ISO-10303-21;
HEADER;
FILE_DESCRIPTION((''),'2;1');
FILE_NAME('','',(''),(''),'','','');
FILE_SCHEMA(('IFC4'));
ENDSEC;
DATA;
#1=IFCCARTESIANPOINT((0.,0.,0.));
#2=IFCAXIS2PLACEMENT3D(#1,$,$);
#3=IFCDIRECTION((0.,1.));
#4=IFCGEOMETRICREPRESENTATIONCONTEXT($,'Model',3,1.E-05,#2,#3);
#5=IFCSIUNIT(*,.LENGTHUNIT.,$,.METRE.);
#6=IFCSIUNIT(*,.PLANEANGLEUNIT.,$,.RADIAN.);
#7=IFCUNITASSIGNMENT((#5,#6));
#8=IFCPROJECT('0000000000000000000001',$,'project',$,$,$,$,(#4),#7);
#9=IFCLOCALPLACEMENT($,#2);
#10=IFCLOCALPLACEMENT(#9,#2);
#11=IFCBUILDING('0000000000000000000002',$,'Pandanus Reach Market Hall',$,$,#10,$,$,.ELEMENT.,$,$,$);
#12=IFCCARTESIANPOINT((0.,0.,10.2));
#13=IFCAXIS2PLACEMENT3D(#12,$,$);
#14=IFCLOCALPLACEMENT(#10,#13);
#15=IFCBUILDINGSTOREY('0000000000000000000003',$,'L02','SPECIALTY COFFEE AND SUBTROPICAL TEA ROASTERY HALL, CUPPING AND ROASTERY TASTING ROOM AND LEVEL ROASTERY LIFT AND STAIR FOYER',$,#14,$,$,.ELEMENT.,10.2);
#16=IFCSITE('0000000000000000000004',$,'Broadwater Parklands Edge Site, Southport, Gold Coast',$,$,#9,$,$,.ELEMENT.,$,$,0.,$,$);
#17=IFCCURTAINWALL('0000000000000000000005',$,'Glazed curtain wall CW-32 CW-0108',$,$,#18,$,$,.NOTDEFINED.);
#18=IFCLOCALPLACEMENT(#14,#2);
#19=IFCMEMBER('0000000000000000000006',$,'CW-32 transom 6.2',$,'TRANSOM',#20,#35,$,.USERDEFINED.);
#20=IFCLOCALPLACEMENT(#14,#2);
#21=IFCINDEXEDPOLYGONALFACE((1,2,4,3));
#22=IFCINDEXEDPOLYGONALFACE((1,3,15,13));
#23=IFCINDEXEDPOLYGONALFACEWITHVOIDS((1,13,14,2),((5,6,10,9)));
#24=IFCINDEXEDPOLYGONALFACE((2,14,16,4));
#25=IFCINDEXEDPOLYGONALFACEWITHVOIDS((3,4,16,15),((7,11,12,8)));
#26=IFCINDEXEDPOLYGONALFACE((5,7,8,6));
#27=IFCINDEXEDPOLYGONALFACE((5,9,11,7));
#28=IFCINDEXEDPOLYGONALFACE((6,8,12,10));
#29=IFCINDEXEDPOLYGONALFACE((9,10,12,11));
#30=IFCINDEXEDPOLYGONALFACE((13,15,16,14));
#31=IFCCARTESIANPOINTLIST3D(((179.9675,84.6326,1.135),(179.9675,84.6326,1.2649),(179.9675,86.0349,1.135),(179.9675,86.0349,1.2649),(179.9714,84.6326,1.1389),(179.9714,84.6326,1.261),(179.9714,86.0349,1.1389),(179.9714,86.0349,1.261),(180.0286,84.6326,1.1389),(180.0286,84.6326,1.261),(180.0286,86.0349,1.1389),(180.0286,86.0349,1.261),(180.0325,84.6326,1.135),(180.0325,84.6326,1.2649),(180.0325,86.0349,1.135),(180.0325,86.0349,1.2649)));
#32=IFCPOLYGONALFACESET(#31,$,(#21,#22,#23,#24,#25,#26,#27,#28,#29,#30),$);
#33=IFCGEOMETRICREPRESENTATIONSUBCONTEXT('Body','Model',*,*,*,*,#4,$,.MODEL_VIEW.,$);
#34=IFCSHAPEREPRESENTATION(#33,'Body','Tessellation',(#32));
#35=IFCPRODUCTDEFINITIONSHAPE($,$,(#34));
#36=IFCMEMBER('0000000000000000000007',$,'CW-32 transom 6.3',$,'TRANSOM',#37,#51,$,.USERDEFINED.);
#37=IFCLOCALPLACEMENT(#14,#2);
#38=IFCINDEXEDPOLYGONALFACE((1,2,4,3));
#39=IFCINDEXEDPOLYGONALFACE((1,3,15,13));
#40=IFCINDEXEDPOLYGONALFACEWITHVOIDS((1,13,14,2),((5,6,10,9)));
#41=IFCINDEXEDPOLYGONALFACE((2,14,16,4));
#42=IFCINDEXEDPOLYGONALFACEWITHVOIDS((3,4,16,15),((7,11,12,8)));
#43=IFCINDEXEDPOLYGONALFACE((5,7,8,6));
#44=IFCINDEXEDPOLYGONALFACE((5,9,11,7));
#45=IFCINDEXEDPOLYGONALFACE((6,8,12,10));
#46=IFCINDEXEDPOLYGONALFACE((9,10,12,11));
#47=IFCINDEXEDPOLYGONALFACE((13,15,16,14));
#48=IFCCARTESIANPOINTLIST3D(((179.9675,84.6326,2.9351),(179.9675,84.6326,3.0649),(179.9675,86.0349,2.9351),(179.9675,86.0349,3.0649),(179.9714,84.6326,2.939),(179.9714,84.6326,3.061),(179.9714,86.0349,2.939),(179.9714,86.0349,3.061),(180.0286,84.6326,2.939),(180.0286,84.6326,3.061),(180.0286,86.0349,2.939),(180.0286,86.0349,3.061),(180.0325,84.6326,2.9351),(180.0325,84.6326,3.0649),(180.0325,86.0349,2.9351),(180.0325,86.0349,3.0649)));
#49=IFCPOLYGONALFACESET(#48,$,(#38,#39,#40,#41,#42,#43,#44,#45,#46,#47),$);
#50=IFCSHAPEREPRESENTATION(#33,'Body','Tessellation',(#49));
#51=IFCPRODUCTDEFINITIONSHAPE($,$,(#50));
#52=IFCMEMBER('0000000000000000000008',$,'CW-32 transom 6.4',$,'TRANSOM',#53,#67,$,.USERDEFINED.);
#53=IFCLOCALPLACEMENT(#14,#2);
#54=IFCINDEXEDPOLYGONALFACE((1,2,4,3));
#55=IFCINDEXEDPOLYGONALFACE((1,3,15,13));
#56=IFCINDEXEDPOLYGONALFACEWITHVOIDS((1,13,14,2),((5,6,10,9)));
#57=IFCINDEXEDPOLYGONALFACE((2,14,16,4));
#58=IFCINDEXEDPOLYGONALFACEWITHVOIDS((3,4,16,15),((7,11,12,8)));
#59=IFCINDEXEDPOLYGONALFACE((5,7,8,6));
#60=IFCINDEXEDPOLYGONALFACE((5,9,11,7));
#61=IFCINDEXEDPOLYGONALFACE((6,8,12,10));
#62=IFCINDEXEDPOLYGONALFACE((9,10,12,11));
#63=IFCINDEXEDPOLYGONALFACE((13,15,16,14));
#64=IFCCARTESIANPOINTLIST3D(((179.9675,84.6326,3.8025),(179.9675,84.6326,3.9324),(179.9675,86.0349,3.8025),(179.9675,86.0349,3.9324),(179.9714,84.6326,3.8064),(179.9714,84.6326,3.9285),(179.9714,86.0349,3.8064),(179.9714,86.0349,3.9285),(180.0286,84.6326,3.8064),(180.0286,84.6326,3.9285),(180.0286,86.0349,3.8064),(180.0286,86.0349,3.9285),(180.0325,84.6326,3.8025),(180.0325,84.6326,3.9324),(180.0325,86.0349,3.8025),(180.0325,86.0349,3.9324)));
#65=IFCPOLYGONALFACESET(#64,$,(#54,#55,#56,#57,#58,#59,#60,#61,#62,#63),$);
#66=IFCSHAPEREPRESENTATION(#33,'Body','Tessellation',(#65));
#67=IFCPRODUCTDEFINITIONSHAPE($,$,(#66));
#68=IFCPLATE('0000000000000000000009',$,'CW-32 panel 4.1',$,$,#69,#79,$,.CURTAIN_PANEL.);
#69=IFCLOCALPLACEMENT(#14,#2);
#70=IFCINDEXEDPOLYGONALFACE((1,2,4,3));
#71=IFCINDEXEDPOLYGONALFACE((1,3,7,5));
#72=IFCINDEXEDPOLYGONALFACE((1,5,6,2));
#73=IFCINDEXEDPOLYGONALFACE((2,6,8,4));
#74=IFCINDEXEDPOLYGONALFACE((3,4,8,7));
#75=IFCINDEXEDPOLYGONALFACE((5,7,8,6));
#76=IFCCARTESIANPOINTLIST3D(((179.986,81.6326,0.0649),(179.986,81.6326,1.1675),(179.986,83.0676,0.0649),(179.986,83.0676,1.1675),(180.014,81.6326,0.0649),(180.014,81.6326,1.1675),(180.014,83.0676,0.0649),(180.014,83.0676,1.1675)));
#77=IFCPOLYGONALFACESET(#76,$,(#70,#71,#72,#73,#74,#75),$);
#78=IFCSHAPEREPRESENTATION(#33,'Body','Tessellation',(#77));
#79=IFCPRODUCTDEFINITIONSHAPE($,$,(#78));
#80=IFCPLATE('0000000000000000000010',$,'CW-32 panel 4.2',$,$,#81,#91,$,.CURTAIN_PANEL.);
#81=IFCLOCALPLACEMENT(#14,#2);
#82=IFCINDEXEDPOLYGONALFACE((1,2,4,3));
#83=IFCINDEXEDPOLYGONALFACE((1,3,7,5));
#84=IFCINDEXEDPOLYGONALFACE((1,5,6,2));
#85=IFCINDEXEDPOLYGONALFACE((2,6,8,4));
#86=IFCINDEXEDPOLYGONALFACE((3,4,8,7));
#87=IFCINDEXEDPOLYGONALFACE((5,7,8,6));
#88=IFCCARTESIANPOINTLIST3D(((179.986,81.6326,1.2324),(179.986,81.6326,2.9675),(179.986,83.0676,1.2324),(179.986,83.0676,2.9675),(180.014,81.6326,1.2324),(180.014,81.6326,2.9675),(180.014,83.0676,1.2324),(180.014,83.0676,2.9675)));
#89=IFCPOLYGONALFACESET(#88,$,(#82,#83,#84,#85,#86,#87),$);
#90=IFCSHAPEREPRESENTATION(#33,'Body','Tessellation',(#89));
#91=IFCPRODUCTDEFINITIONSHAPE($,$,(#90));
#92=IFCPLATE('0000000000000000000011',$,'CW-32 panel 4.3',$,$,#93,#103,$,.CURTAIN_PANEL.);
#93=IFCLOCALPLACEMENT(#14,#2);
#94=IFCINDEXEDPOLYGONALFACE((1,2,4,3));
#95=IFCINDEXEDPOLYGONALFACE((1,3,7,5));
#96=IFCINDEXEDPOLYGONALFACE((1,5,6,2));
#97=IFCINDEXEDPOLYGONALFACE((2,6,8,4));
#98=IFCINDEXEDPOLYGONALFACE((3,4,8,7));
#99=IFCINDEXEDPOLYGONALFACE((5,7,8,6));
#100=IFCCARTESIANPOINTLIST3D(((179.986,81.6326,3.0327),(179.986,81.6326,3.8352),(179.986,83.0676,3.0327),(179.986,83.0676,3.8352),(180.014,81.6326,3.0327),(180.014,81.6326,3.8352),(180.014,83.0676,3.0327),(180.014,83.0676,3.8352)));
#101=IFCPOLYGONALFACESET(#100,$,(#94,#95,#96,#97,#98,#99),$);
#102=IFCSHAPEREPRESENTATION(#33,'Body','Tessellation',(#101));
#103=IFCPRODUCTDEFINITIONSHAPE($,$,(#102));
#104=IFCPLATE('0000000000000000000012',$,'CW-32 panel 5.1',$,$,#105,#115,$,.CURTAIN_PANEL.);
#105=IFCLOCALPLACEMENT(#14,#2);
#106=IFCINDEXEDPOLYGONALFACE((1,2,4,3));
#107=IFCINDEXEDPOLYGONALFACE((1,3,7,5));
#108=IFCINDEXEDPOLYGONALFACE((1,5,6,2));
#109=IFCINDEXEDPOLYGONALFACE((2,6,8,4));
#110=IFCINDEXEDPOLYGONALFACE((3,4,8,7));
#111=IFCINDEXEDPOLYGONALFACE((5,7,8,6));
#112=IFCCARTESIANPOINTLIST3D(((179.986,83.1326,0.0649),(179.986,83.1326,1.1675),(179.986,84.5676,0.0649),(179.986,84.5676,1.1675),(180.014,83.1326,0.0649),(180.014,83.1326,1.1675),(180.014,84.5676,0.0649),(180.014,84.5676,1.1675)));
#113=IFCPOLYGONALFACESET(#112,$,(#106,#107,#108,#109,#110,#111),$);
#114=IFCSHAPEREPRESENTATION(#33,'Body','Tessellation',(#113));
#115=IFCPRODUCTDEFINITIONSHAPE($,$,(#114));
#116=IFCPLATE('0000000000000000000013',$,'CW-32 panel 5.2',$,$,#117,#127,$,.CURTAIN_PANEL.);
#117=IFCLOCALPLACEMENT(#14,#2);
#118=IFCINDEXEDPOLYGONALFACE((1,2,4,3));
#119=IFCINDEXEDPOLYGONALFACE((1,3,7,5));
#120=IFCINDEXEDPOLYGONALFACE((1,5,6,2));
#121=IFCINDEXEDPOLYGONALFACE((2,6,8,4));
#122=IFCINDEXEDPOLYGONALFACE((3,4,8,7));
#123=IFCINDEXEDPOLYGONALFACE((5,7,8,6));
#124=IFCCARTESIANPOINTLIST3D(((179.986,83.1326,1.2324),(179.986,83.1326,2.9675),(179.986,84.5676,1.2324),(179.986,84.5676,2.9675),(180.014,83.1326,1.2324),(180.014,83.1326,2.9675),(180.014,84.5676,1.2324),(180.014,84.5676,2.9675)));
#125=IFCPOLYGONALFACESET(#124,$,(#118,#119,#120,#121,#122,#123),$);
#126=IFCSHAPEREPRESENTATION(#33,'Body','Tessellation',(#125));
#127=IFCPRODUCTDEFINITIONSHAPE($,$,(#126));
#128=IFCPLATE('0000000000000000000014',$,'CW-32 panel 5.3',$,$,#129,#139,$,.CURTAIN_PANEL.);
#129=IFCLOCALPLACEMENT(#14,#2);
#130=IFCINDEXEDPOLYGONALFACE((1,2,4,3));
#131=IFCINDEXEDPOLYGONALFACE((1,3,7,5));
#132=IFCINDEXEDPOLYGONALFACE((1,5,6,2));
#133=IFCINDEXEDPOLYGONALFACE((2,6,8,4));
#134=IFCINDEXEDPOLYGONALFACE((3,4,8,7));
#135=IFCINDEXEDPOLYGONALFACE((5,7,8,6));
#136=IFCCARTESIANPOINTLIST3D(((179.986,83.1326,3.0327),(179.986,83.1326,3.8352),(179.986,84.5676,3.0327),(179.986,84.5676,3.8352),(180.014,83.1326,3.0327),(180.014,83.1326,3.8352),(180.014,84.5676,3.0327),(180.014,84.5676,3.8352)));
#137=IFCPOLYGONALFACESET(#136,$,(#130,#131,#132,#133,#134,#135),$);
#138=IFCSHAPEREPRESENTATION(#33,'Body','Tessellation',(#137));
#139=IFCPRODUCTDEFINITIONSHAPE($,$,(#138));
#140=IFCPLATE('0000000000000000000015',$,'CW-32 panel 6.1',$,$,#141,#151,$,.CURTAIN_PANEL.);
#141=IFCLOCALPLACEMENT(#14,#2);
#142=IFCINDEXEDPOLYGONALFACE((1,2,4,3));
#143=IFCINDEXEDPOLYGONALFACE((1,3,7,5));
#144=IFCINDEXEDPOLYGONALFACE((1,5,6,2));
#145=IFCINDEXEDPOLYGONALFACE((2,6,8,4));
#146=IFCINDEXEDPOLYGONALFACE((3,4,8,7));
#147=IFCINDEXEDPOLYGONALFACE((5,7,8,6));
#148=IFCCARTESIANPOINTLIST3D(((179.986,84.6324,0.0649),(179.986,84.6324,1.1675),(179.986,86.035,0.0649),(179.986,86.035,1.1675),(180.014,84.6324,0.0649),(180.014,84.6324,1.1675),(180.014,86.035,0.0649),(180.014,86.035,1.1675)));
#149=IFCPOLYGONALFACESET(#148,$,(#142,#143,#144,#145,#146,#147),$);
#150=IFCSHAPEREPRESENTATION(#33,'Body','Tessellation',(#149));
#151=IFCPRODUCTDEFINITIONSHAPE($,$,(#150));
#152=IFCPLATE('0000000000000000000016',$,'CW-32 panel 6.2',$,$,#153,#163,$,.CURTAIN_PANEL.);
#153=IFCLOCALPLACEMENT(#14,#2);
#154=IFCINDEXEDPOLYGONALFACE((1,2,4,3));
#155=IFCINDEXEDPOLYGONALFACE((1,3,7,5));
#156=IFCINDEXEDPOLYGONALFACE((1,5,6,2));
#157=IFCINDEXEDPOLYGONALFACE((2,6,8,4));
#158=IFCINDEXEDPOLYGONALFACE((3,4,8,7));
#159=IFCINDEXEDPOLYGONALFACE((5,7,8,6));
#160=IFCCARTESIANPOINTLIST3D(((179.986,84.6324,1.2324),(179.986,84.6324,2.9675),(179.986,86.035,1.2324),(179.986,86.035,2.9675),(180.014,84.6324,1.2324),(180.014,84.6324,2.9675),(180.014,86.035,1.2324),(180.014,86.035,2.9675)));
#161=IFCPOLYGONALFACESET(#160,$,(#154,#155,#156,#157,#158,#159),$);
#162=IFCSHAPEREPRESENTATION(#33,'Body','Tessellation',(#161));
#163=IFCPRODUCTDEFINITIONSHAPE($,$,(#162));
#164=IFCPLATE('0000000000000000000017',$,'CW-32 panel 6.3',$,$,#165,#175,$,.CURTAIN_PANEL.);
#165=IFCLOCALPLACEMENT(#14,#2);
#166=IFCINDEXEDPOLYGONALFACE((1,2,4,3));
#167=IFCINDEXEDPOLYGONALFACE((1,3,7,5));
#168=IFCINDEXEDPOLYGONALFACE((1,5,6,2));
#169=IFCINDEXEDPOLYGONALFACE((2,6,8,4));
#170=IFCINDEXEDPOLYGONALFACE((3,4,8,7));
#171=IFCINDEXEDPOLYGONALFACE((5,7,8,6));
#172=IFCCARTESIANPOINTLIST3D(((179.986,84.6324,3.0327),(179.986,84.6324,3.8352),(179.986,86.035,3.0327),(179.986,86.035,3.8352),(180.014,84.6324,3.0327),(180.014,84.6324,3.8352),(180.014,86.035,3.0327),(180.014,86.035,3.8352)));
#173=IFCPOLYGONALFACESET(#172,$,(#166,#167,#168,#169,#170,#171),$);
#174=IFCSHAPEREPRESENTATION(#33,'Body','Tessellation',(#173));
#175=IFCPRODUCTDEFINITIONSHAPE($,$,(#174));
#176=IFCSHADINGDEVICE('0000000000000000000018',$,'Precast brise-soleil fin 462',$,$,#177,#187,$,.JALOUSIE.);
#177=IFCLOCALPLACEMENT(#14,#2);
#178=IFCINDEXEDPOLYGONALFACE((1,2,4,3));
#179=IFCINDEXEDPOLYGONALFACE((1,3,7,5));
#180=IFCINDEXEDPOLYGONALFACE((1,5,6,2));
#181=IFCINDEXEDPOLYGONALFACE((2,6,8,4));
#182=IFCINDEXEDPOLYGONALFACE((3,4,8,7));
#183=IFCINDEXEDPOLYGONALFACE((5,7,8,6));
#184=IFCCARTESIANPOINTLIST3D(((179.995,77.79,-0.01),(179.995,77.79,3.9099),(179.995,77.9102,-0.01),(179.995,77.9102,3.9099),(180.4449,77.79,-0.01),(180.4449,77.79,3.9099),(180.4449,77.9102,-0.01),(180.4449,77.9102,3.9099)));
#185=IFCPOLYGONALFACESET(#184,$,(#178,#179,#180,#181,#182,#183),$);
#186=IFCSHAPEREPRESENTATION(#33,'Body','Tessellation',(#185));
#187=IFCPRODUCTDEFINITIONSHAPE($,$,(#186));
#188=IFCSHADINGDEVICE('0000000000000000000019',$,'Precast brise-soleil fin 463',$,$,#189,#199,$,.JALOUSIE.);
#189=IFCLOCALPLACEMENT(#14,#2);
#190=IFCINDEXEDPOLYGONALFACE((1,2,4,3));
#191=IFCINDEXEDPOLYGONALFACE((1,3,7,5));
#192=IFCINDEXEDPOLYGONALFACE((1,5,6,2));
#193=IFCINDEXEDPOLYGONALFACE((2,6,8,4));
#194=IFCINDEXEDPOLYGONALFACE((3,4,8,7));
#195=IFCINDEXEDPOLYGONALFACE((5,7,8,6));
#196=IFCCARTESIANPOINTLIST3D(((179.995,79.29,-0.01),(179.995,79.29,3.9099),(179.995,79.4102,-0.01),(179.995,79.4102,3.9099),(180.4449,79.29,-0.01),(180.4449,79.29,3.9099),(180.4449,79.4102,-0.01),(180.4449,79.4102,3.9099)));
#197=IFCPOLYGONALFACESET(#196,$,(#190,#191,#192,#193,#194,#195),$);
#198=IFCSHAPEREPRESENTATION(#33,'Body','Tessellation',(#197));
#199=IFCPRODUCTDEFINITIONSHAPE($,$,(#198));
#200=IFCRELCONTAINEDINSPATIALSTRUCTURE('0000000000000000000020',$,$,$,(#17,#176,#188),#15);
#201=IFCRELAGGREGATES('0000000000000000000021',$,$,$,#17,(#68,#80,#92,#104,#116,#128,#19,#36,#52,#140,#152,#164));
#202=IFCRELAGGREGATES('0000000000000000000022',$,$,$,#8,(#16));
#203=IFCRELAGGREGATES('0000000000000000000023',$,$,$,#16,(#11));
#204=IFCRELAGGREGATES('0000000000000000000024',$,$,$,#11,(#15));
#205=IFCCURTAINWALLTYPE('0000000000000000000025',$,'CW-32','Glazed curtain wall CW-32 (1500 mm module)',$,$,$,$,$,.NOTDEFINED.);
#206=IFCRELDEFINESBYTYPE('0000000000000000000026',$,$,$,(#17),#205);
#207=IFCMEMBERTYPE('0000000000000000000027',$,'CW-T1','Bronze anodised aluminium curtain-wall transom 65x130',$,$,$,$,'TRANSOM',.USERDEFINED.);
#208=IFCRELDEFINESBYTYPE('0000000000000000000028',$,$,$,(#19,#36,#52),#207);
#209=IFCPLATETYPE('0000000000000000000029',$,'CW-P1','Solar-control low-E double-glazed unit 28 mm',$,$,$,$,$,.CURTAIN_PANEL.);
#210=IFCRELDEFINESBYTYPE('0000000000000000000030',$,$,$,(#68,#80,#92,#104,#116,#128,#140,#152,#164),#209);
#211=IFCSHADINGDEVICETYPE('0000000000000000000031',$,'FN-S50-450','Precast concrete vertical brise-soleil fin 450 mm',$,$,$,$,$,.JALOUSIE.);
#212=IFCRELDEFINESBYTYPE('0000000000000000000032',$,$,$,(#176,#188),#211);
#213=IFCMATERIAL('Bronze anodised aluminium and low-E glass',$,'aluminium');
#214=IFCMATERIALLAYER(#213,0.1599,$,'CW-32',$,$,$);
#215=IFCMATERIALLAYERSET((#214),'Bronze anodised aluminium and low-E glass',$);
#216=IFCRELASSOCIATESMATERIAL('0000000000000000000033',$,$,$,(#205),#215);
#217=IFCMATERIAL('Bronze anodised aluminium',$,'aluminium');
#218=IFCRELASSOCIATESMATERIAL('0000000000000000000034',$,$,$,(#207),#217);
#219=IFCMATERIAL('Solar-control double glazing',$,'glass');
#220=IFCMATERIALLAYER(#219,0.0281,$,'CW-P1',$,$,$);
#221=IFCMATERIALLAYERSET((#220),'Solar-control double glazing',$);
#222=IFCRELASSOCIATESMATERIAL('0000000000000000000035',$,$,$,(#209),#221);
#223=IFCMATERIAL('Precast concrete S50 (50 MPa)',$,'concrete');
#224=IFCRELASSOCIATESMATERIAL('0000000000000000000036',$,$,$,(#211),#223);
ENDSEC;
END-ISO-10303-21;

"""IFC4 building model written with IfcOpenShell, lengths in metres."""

from ifc_helpers import new_model, si_unit, direction, frame, origin, origin_2d, place, context, subcontext, project, spatial, rectangle, hollow_rectangle, extrude, material, layer, layer_set, material_profile, profile_set, type_object, element, aggregate, save


model = new_model("IFC4")

# Units and contexts
model_context = context("Model", 3, precision=1e-05, world=origin(), true_north=direction((0.0, 1.0)))
body_context = subcontext(model_context, "Body", "Model", "MODEL_VIEW")
ifc_project = project(units=[si_unit("LENGTHUNIT", "METRE"), si_unit("PLANEANGLEUNIT", "RADIAN")], contexts=[model_context])

# Site, building, storey
site_placement = place(None, origin())
site = spatial("IfcSite", under=ifc_project, at=site_placement, Name="Broadwater Parklands Edge Site, Southport, Gold Coast", CompositionType="ELEMENT", RefElevation=0.0)
building_placement = place(site_placement, origin())
building = spatial("IfcBuilding", under=site, at=building_placement, Name="Pandanus Reach Market Hall", CompositionType="ELEMENT")
storey_placement = place(building_placement, frame((0.0, 0.0, 10.2)))
storey = spatial("IfcBuildingStorey", under=building, at=storey_placement, Name="L02", Description="SPECIALTY COFFEE AND SUBTROPICAL TEA ROASTERY HALL, CUPPING AND ROASTERY TASTING ROOM AND LEVEL ROASTERY LIFT AND STAIR FOYER", CompositionType="ELEMENT", Elevation=10.2)

# Curtain wall, members, plates
ifc_material_1 = material(Name="Bronze anodised aluminium and low-E glass", Category="aluminium")
ifc_layer_1 = layer(ifc_material_1, 0.1599, Name="CW-32")
ifc_layer_set_1 = layer_set([ifc_layer_1], Name="Bronze anodised aluminium and low-E glass")
curtain_wall_type = type_object("IfcCurtainWallType", Name="CW-32", Description="Glazed curtain wall CW-32 (1500 mm module)", PredefinedType="NOTDEFINED", material=ifc_layer_set_1)
curtain_wall_placement = place(storey_placement, origin())
curtain_wall = element("IfcCurtainWall", 1, at=curtain_wall_placement, inside=storey, type_object=curtain_wall_type, Name="Glazed curtain wall CW-32 CW-0108", PredefinedType="NOTDEFINED")
ifc_material_2 = material(Name="Bronze anodised aluminium", Category="aluminium")
ifc_material_profile_1 = material_profile(ifc_material_2, hollow_rectangle(XDim=0.0649, YDim=0.1299, WallThickness=0.0039, at=origin_2d()), Name="ALU65x130", Category="LoadBearing")
ifc_profile_set_1 = profile_set([ifc_material_profile_1], Name="Bronze anodised aluminium")
member_type_1 = type_object("IfcMemberType", Name="CW-T1", Description="Bronze anodised aluminium curtain-wall transom 65x130", ElementType="TRANSOM", PredefinedType="USERDEFINED", material=ifc_profile_set_1)
member_1_placement = place(storey_placement, frame((180.0, 84.6326, 1.2), z_axis=(0.0, 1.0, 0.0), x_axis=(-1.0, 0.0, 0.0)))
member_1 = element("IfcMember", 2, at=member_1_placement, type_object=member_type_1, Name="CW-32 transom 6.2", ObjectType="TRANSOM", PredefinedType="USERDEFINED", context=body_context, shape_type="SweptSolid", body=[
    extrude(hollow_rectangle(XDim=0.0649, YDim=0.1299, WallThickness=0.0039, at=origin_2d()), origin(), (0.0, 0.0, 1.0), 1.4023),
])
member_2_placement = place(storey_placement, frame((180.0, 84.6326, 3.0), z_axis=(0.0, 1.0, 0.0), x_axis=(-1.0, 0.0, 0.0)))
member_2 = element("IfcMember", 3, at=member_2_placement, type_object=member_type_1, Name="CW-32 transom 6.3", ObjectType="TRANSOM", PredefinedType="USERDEFINED", context=body_context, shape_type="SweptSolid", body=[
    extrude(hollow_rectangle(XDim=0.0649, YDim=0.1299, WallThickness=0.0039, at=origin_2d()), origin(), (0.0, 0.0, 1.0), 1.4023),
])
member_3_placement = place(storey_placement, frame((180.0, 84.6326, 3.8674), z_axis=(0.0, 1.0, 0.0), x_axis=(-1.0, 0.0, 0.0)))
member_3 = element("IfcMember", 4, at=member_3_placement, type_object=member_type_1, Name="CW-32 transom 6.4", ObjectType="TRANSOM", PredefinedType="USERDEFINED", context=body_context, shape_type="SweptSolid", body=[
    extrude(hollow_rectangle(XDim=0.0649, YDim=0.1299, WallThickness=0.0039, at=origin_2d()), origin(), (0.0, 0.0, 1.0), 1.4023),
])
ifc_material_3 = material(Name="Solar-control double glazing", Category="glass")
ifc_layer_2 = layer(ifc_material_3, 0.0281, Name="CW-P1")
ifc_layer_set_2 = layer_set([ifc_layer_2], Name="Solar-control double glazing")
plate_type = type_object("IfcPlateType", Name="CW-P1", Description="Solar-control low-E double-glazed unit 28 mm", PredefinedType="CURTAIN_PANEL", material=ifc_layer_set_2)
plate_1_placement = place(storey_placement, frame((180.0, 82.3501, 0.0649), z_axis=(0.0, 0.0, 1.0), x_axis=(0.0, 1.0, 0.0)))
plate_1 = element("IfcPlate", 5, at=plate_1_placement, type_object=plate_type, Name="CW-32 panel 4.1", PredefinedType="CURTAIN_PANEL", context=body_context, shape_type="SweptSolid", body=[
    extrude(rectangle(XDim=1.4351, YDim=0.0281, at=origin_2d()), origin(), (0.0, 0.0, 1.0), 1.1025),
])
plate_2_placement = place(storey_placement, frame((180.0, 82.3501, 1.2324), z_axis=(0.0, 0.0, 1.0), x_axis=(0.0, 1.0, 0.0)))
plate_2 = element("IfcPlate", 6, at=plate_2_placement, type_object=plate_type, Name="CW-32 panel 4.2", PredefinedType="CURTAIN_PANEL", context=body_context, shape_type="SweptSolid", body=[
    extrude(rectangle(XDim=1.4351, YDim=0.0281, at=origin_2d()), origin(), (0.0, 0.0, 1.0), 1.7351),
])
plate_3_placement = place(storey_placement, frame((180.0, 82.3501, 3.0327), z_axis=(0.0, 0.0, 1.0), x_axis=(0.0, 1.0, 0.0)))
plate_3 = element("IfcPlate", 7, at=plate_3_placement, type_object=plate_type, Name="CW-32 panel 4.3", PredefinedType="CURTAIN_PANEL", context=body_context, shape_type="SweptSolid", body=[
    extrude(rectangle(XDim=1.4351, YDim=0.0281, at=origin_2d()), origin(), (0.0, 0.0, 1.0), 0.8025),
])
plate_4_placement = place(storey_placement, frame((180.0, 83.8501, 0.0649), z_axis=(0.0, 0.0, 1.0), x_axis=(0.0, 1.0, 0.0)))
plate_4 = element("IfcPlate", 8, at=plate_4_placement, type_object=plate_type, Name="CW-32 panel 5.1", PredefinedType="CURTAIN_PANEL", context=body_context, shape_type="SweptSolid", body=[
    extrude(rectangle(XDim=1.4351, YDim=0.0281, at=origin_2d()), origin(), (0.0, 0.0, 1.0), 1.1025),
])
plate_5_placement = place(storey_placement, frame((180.0, 83.8501, 1.2324), z_axis=(0.0, 0.0, 1.0), x_axis=(0.0, 1.0, 0.0)))
plate_5 = element("IfcPlate", 9, at=plate_5_placement, type_object=plate_type, Name="CW-32 panel 5.2", PredefinedType="CURTAIN_PANEL", context=body_context, shape_type="SweptSolid", body=[
    extrude(rectangle(XDim=1.4351, YDim=0.0281, at=origin_2d()), origin(), (0.0, 0.0, 1.0), 1.7351),
])
plate_6_placement = place(storey_placement, frame((180.0, 83.8501, 3.0327), z_axis=(0.0, 0.0, 1.0), x_axis=(0.0, 1.0, 0.0)))
plate_6 = element("IfcPlate", 10, at=plate_6_placement, type_object=plate_type, Name="CW-32 panel 5.3", PredefinedType="CURTAIN_PANEL", context=body_context, shape_type="SweptSolid", body=[
    extrude(rectangle(XDim=1.4351, YDim=0.0281, at=origin_2d()), origin(), (0.0, 0.0, 1.0), 0.8025),
])
plate_7_placement = place(storey_placement, frame((180.0, 85.3337, 0.0649), z_axis=(0.0, 0.0, 1.0), x_axis=(0.0, 1.0, 0.0)))
plate_7 = element("IfcPlate", 11, at=plate_7_placement, type_object=plate_type, Name="CW-32 panel 6.1", PredefinedType="CURTAIN_PANEL", context=body_context, shape_type="SweptSolid", body=[
    extrude(rectangle(XDim=1.4026, YDim=0.0281, at=origin_2d()), origin(), (0.0, 0.0, 1.0), 1.1025),
])
plate_8_placement = place(storey_placement, frame((180.0, 85.3337, 1.2324), z_axis=(0.0, 0.0, 1.0), x_axis=(0.0, 1.0, 0.0)))
plate_8 = element("IfcPlate", 12, at=plate_8_placement, type_object=plate_type, Name="CW-32 panel 6.2", PredefinedType="CURTAIN_PANEL", context=body_context, shape_type="SweptSolid", body=[
    extrude(rectangle(XDim=1.4026, YDim=0.0281, at=origin_2d()), origin(), (0.0, 0.0, 1.0), 1.7351),
])
plate_9_placement = place(storey_placement, frame((180.0, 85.3337, 3.0327), z_axis=(0.0, 0.0, 1.0), x_axis=(0.0, 1.0, 0.0)))
plate_9 = element("IfcPlate", 13, at=plate_9_placement, type_object=plate_type, Name="CW-32 panel 6.3", PredefinedType="CURTAIN_PANEL", context=body_context, shape_type="SweptSolid", body=[
    extrude(rectangle(XDim=1.4026, YDim=0.0281, at=origin_2d()), origin(), (0.0, 0.0, 1.0), 0.8025),
])
aggregate(curtain_wall, [plate_1, plate_2, plate_3, plate_4, plate_5, plate_6, member_1, member_2, member_3, plate_7, plate_8, plate_9])

# Shading devices
ifc_material_4 = material(Name="Precast concrete S50 (50 MPa)", Category="concrete")
shading_device_type = type_object("IfcShadingDeviceType", Name="FN-S50-450", Description="Precast concrete vertical brise-soleil fin 450 mm", PredefinedType="JALOUSIE", material=ifc_material_4)
for number, where, z_axis, x_axis, name in (
    (14, (180.22, 77.8501, -0.01), (0.0, 0.0, 1.0), (1.0, 0.0, 0.0), "Precast brise-soleil fin 462"),
    (15, (180.22, 79.3501, -0.01), (0.0, 0.0, 1.0), (1.0, 0.0, 0.0), "Precast brise-soleil fin 463"),
):
    element("IfcShadingDevice", number, at=place(storey_placement, frame(where, z_axis=z_axis, x_axis=x_axis)), inside=storey, type_object=shading_device_type, Name=name, PredefinedType="JALOUSIE", context=body_context, shape_type="SweptSolid", body=[
        extrude(rectangle(XDim=0.45, YDim=0.1201, at=origin_2d()), origin(), (0.0, 0.0, 1.0), 3.9199),
    ])

save(model, "model.ifc")
